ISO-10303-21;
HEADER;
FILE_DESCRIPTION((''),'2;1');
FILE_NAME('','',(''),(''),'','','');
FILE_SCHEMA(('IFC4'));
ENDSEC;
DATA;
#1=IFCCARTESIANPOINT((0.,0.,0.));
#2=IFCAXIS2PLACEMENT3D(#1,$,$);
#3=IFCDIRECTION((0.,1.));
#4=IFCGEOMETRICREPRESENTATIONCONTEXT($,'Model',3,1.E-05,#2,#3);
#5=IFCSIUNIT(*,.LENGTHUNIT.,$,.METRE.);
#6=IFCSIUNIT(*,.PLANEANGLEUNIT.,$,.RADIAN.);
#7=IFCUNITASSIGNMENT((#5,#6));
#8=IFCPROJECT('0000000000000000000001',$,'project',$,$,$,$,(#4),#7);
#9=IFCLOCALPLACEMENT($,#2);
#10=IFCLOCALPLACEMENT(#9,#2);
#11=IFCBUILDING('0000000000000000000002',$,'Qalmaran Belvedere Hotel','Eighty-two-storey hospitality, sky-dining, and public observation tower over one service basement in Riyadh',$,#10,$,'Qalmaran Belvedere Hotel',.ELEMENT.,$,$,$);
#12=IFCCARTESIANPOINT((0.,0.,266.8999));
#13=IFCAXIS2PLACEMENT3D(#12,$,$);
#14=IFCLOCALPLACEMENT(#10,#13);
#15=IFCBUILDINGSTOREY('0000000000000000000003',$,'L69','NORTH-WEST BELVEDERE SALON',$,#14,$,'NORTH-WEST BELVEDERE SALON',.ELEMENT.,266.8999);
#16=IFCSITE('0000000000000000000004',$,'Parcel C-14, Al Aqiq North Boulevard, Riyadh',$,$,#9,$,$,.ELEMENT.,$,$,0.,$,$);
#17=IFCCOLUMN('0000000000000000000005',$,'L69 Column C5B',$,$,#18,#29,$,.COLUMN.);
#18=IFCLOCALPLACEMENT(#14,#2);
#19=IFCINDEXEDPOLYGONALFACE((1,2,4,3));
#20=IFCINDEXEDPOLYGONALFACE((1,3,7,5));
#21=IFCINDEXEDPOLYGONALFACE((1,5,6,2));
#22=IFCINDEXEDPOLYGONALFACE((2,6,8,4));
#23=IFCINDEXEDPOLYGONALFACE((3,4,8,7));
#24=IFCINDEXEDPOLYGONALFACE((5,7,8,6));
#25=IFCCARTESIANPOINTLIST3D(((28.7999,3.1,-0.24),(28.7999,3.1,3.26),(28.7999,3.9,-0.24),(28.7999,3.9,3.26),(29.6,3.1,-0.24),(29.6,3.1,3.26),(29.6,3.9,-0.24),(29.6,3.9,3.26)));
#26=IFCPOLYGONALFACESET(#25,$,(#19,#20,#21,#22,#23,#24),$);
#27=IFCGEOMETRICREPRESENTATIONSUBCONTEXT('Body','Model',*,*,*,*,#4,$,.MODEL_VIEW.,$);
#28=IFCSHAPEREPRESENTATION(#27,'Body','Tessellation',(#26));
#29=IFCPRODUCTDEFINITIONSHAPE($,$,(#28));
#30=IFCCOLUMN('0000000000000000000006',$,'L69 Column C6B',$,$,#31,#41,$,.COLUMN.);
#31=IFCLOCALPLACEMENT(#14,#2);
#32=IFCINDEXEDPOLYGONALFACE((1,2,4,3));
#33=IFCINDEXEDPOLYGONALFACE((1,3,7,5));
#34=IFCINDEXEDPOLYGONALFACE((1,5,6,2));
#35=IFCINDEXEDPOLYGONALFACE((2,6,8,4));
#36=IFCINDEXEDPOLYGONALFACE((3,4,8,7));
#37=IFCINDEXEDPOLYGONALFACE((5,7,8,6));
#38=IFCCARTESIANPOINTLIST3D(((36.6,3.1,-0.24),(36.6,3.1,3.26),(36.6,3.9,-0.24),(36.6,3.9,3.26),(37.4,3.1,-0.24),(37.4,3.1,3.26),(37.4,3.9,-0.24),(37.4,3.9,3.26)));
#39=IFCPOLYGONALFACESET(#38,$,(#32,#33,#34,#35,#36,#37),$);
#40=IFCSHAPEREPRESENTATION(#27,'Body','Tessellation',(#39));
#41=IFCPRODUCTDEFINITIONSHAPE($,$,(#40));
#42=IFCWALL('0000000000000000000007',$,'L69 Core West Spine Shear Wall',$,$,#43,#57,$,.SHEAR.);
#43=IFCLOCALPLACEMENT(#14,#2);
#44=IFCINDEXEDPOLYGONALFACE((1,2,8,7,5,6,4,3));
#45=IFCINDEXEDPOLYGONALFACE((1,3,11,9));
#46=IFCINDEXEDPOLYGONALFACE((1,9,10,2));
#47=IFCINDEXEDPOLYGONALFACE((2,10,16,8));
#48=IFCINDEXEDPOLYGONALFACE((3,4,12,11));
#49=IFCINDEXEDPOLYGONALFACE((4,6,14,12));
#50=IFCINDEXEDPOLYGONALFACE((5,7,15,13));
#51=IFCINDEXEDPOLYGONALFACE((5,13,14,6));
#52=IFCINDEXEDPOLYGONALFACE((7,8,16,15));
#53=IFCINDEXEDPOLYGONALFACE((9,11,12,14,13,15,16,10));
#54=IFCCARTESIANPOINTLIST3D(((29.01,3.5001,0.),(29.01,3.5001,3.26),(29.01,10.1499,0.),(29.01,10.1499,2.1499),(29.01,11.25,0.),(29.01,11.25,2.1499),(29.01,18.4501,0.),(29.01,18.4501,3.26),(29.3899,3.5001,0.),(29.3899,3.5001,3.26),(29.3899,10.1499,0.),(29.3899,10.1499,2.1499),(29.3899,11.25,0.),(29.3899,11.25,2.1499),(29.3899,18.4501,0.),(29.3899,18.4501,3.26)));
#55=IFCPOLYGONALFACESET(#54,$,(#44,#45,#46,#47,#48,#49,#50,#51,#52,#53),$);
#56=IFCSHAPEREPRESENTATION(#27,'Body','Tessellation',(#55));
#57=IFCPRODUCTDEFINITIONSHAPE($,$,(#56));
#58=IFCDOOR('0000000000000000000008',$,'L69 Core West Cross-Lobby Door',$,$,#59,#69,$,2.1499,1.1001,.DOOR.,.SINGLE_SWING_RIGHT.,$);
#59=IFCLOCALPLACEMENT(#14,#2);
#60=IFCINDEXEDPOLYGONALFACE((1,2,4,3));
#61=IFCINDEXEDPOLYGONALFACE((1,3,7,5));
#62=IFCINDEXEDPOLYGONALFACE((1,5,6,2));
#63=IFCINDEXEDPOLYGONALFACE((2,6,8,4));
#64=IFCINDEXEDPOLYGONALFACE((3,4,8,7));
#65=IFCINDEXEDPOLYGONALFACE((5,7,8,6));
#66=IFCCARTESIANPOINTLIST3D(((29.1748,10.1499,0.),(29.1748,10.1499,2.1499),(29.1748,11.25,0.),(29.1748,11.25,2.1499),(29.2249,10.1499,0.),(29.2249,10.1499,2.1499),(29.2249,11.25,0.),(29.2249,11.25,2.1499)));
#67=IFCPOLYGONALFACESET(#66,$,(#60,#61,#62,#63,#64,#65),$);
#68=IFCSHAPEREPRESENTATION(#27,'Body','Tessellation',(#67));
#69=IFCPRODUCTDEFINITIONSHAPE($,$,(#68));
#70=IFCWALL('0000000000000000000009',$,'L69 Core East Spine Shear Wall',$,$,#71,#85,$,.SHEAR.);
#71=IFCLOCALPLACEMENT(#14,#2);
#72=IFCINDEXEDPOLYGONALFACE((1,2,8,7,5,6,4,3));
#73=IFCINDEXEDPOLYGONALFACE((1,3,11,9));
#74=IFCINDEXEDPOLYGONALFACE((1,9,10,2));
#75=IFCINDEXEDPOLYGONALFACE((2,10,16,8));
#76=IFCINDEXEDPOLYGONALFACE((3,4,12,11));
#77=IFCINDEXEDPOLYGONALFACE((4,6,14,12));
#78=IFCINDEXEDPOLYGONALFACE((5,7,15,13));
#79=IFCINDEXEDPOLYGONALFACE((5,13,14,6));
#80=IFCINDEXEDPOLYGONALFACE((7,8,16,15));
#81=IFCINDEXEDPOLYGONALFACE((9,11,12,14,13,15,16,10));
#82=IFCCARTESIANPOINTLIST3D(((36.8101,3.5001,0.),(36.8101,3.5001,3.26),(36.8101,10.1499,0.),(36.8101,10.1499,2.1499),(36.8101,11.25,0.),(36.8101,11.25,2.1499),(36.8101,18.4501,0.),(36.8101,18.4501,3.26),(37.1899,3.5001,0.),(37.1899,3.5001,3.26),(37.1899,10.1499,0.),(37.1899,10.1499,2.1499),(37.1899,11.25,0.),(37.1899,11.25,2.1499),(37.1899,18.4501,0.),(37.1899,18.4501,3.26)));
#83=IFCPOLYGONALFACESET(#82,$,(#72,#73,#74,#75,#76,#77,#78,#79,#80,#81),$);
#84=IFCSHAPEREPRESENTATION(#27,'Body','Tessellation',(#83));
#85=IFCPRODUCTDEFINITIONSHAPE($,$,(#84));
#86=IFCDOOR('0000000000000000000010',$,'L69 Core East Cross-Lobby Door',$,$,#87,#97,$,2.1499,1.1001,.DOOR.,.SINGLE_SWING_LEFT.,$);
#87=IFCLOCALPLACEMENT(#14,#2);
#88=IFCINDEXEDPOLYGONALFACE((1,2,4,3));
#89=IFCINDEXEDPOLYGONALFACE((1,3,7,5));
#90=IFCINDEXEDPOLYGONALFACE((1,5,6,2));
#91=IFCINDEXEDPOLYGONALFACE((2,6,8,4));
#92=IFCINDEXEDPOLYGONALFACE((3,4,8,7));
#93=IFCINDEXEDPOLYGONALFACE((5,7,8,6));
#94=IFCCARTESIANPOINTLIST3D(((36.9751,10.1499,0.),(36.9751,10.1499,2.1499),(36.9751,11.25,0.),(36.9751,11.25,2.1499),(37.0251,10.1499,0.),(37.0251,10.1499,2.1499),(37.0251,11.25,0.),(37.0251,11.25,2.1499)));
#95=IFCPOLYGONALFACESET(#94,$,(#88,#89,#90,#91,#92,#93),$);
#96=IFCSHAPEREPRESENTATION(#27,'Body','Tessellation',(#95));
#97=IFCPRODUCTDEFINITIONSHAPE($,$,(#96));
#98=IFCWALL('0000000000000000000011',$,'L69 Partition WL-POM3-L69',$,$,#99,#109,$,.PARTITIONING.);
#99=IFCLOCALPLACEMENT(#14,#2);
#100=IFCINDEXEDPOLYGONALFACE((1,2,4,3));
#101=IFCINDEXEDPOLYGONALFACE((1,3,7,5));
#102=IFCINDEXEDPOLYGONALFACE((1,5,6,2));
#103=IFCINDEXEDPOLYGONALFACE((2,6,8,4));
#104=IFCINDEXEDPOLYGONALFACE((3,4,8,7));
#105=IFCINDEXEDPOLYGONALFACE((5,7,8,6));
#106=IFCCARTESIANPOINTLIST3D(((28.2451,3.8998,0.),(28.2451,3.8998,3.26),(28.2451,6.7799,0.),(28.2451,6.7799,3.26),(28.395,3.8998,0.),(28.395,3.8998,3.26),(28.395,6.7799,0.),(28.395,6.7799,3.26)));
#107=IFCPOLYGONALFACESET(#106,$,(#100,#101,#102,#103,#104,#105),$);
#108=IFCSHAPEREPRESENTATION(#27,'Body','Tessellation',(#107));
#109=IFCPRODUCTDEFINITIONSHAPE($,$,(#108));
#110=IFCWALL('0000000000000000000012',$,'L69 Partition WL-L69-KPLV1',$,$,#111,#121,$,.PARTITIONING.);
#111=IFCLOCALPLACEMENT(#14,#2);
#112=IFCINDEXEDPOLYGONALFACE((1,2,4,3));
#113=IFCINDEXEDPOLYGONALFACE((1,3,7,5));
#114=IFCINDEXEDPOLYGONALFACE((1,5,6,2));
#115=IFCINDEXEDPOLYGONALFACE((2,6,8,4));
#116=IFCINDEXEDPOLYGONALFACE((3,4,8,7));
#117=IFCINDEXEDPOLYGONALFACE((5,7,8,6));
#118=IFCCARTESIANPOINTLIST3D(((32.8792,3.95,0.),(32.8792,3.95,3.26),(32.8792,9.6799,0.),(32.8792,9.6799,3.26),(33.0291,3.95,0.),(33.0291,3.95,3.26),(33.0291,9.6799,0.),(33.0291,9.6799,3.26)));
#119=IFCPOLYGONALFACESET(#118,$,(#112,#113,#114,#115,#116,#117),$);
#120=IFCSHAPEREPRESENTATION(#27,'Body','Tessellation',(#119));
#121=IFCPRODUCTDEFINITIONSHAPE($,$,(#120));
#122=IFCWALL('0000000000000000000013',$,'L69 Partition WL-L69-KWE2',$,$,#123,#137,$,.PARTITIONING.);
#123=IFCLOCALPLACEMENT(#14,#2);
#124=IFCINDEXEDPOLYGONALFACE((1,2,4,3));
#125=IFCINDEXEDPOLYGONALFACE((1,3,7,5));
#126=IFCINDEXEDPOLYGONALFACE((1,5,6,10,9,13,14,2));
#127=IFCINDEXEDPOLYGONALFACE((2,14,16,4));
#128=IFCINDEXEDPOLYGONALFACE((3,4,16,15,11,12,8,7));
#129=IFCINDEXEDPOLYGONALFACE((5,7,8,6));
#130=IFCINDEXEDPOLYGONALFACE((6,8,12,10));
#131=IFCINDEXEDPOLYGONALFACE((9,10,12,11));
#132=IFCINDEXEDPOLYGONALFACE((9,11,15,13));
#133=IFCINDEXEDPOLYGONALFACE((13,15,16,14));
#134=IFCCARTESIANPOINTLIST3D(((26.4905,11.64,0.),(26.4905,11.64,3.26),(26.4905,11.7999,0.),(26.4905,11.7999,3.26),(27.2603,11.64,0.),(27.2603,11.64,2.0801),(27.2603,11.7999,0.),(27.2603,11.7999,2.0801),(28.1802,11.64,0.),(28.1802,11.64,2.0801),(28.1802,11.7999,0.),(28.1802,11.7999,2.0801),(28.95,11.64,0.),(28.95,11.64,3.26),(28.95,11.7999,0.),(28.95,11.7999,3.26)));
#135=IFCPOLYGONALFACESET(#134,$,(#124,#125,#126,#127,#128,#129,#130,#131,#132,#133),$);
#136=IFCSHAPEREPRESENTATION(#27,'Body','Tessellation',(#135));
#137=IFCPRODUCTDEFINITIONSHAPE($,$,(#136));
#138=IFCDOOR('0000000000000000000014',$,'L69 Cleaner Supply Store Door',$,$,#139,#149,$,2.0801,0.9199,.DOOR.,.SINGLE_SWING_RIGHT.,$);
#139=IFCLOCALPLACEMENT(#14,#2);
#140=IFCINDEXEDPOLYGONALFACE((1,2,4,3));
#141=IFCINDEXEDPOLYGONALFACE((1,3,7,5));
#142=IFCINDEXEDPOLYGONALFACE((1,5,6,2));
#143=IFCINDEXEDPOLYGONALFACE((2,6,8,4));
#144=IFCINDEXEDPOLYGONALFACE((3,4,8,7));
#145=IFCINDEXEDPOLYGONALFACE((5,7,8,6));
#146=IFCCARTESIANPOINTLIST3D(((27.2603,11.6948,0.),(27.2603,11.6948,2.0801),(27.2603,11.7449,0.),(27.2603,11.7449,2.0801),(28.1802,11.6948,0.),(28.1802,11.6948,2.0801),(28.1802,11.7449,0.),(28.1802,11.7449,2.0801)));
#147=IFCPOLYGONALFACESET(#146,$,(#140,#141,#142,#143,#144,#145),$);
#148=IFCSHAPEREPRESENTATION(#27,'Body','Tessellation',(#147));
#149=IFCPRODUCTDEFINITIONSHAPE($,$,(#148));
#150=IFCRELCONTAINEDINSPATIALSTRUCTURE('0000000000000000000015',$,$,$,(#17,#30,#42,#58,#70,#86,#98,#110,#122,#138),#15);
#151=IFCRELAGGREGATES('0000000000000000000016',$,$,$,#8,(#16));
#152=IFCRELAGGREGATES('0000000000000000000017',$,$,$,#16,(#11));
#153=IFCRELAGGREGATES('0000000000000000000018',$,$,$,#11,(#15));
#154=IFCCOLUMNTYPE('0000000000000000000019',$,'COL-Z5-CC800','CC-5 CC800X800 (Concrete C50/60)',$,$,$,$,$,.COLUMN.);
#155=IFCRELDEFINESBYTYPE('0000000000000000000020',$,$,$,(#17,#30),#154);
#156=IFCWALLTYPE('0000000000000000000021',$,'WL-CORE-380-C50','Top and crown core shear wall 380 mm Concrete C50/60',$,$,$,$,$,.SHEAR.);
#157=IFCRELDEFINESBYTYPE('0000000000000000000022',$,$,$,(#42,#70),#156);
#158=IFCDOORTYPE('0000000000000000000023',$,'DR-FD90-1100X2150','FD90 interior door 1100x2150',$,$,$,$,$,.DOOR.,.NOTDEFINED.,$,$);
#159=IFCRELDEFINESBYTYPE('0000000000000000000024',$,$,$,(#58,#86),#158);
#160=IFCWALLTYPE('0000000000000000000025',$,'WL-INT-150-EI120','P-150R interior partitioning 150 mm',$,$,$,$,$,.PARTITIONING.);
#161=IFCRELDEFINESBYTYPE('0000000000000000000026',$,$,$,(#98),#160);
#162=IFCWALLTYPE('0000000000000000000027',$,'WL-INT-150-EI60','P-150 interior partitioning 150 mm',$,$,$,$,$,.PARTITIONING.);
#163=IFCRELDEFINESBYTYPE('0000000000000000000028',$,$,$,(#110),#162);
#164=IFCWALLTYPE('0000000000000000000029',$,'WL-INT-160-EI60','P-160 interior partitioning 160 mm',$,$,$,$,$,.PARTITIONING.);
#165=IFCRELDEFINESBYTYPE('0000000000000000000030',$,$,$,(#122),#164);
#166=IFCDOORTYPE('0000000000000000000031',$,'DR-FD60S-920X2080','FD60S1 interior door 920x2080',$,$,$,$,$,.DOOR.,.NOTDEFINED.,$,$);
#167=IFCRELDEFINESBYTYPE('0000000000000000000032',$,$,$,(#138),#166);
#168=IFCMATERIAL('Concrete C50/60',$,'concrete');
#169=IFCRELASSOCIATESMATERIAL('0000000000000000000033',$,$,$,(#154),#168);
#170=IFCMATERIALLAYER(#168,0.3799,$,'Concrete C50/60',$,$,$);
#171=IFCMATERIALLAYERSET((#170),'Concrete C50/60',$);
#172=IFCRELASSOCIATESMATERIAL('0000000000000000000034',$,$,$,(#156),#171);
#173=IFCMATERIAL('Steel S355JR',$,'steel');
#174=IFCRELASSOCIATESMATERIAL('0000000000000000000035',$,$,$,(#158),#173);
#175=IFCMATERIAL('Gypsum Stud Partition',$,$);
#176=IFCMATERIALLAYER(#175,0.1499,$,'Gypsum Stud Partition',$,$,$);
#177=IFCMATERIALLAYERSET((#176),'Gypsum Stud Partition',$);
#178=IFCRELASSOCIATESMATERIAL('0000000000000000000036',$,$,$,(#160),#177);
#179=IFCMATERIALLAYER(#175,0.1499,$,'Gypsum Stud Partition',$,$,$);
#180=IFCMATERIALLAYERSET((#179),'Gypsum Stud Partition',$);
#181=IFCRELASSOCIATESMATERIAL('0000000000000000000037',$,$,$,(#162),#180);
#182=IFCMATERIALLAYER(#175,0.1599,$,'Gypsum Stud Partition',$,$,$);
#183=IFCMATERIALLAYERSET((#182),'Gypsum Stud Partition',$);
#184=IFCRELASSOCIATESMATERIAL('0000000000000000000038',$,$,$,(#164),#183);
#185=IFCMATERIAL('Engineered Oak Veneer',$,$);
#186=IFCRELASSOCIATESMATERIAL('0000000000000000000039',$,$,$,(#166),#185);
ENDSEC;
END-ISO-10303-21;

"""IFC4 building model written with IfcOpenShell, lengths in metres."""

from ifc_helpers import new_model, si_unit, direction, frame, frame_2d, origin, origin_2d, place, context, subcontext, project, spatial, rectangle, extrude, material, layer, layer_set, material_profile, profile_set, type_object, element, fill, save


model = new_model("IFC4")

# Units and contexts
model_context = context("Model", 3, precision=1e-05, world=origin(), true_north=direction((0.0, 1.0)))
body_context = subcontext(model_context, "Body", "Model", "MODEL_VIEW")
ifc_project = project(units=[si_unit("LENGTHUNIT", "METRE"), si_unit("PLANEANGLEUNIT", "RADIAN")], contexts=[model_context])

# Site, building, storey
site_placement = place(None, origin())
site = spatial("IfcSite", under=ifc_project, at=site_placement, Name="Parcel C-14, Al Aqiq North Boulevard, Riyadh", CompositionType="ELEMENT", RefElevation=0.0)
building_placement = place(site_placement, origin())
building = spatial("IfcBuilding", under=site, at=building_placement, Name="Qalmaran Belvedere Hotel", Description="Eighty-two-storey hospitality, sky-dining, and public observation tower over one service basement in Riyadh", LongName="Qalmaran Belvedere Hotel", CompositionType="ELEMENT")
storey_placement = place(building_placement, frame((0.0, 0.0, 266.8999)))
storey = spatial("IfcBuildingStorey", under=building, at=storey_placement, Name="L69", Description="NORTH-WEST BELVEDERE SALON", LongName="NORTH-WEST BELVEDERE SALON", CompositionType="ELEMENT", Elevation=266.8999)

# Columns
ifc_material_1 = material(Name="Concrete C50/60", Category="concrete")
ifc_material_profile = material_profile(ifc_material_1, rectangle(XDim=0.8, YDim=0.8, at=origin_2d()), Name="CC800X800")
ifc_profile_set = profile_set([ifc_material_profile], Name="Concrete C50/60")
column_type = type_object("IfcColumnType", Name="COL-Z5-CC800", Description="CC-5 CC800X800 (Concrete C50/60)", PredefinedType="COLUMN", material=ifc_profile_set)
for number, where, z_axis, x_axis, name in (
    (1, (29.2, 3.5, -0.24), (0.0, 0.0, 1.0), (1.0, 0.0, 0.0), "L69 Column C5B"),
    (2, (37.0, 3.5, -0.24), (0.0, 0.0, 1.0), (1.0, 0.0, 0.0), "L69 Column C6B"),
):
    element("IfcColumn", number, at=place(storey_placement, frame(where, z_axis=z_axis, x_axis=x_axis)), inside=storey, type_object=column_type, Name=name, PredefinedType="COLUMN", context=body_context, shape_type="SweptSolid", body=[
        extrude(rectangle(XDim=0.8, YDim=0.8, at=origin_2d()), origin(), (0.0, 0.0, 1.0), 3.5),
    ])

# Walls, openings, doors
ifc_layer_1 = layer(ifc_material_1, 0.3799, Name="Concrete C50/60")
ifc_layer_set_1 = layer_set([ifc_layer_1], Name="Concrete C50/60")
wall_type_1 = type_object("IfcWallType", Name="WL-CORE-380-C50", Description="Top and crown core shear wall 380 mm Concrete C50/60", PredefinedType="SHEAR", material=ifc_layer_set_1)
wall_1_placement = place(storey_placement, frame((29.2, 3.5, 0.0), z_axis=(0.0, 0.0, 1.0), x_axis=(0.0, 1.0, 0.0)))
wall_1 = element("IfcWall", 3, at=wall_1_placement, inside=storey, type_object=wall_type_1, Name="L69 Core West Spine Shear Wall", PredefinedType="SHEAR", context=body_context, shape_type="SweptSolid", body=[
    extrude(rectangle(XDim=14.95, YDim=0.3799, at=frame_2d((7.4751, 0.0))), origin(), (0.0, 0.0, 1.0), 3.26),
])
opening_1_placement = place(wall_1_placement, frame((7.75, 0.0, 0.0), z_axis=(0.0, 0.0, 1.0), x_axis=(-1.0, 0.0, 0.0)))
opening_1 = element("IfcOpeningElement", 4, at=opening_1_placement, cuts=wall_1, PredefinedType="OPENING", context=body_context, shape_type="SweptSolid", body=[
    extrude(rectangle(XDim=1.1001, YDim=2.1499, at=frame_2d((0.55, 1.075))), frame((0.0, 0.2, 0.0), z_axis=(0.0, -1.0, 0.0), x_axis=(1.0, 0.0, 0.0)), (0.0, 0.0, 1.0), 0.3999),
])
ifc_material_2 = material(Name="Steel S355JR", Category="steel")
door_type_1 = type_object("IfcDoorType", Name="DR-FD90-1100X2150", Description="FD90 interior door 1100x2150", OperationType="NOTDEFINED", PredefinedType="DOOR", material=ifc_material_2)
door_1_placement = place(opening_1_placement, origin())
door_1 = element("IfcDoor", 5, at=door_1_placement, inside=storey, type_object=door_type_1, Name="L69 Core West Cross-Lobby Door", OperationType="SINGLE_SWING_RIGHT", OverallHeight=2.1499, OverallWidth=1.1001, PredefinedType="DOOR", context=body_context, shape_type="SweptSolid", body=[
    extrude(rectangle(XDim=1.1001, YDim=2.1499, at=frame_2d((0.55, 1.075))), frame((0.0, 0.0249, 0.0), z_axis=(0.0, -1.0, 0.0), x_axis=(1.0, 0.0, 0.0)), (0.0, 0.0, 1.0), 0.05),
])
fill(opening_1, door_1)
wall_2_placement = place(storey_placement, frame((37.0, 3.5, 0.0), z_axis=(0.0, 0.0, 1.0), x_axis=(0.0, 1.0, 0.0)))
wall_2 = element("IfcWall", 6, at=wall_2_placement, inside=storey, type_object=wall_type_1, Name="L69 Core East Spine Shear Wall", PredefinedType="SHEAR", context=body_context, shape_type="SweptSolid", body=[
    extrude(rectangle(XDim=14.95, YDim=0.3799, at=frame_2d((7.4751, 0.0))), origin(), (0.0, 0.0, 1.0), 3.26),
])
opening_2_placement = place(wall_2_placement, frame((6.6499, 0.0, 0.0)))
opening_2 = element("IfcOpeningElement", 7, at=opening_2_placement, cuts=wall_2, PredefinedType="OPENING", context=body_context, shape_type="SweptSolid", body=[
    extrude(rectangle(XDim=1.1001, YDim=2.1499, at=frame_2d((0.55, 1.075))), frame((0.0, 0.2, 0.0), z_axis=(0.0, -1.0, 0.0), x_axis=(1.0, 0.0, 0.0)), (0.0, 0.0, 1.0), 0.3999),
])
door_2_placement = place(opening_2_placement, origin())
door_2 = element("IfcDoor", 8, at=door_2_placement, inside=storey, type_object=door_type_1, Name="L69 Core East Cross-Lobby Door", OperationType="SINGLE_SWING_LEFT", OverallHeight=2.1499, OverallWidth=1.1001, PredefinedType="DOOR", context=body_context, shape_type="SweptSolid", body=[
    extrude(rectangle(XDim=1.1001, YDim=2.1499, at=frame_2d((0.55, 1.075))), frame((0.0, 0.0249, 0.0), z_axis=(0.0, -1.0, 0.0), x_axis=(1.0, 0.0, 0.0)), (0.0, 0.0, 1.0), 0.05),
])
fill(opening_2, door_2)

# Walls
ifc_material_3 = material(Name="Gypsum Stud Partition")
ifc_layer_2 = layer(ifc_material_3, 0.1499, Name="Gypsum Stud Partition")
ifc_layer_set_2 = layer_set([ifc_layer_2], Name="Gypsum Stud Partition")
wall_type_2 = type_object("IfcWallType", Name="WL-INT-150-EI120", Description="P-150R interior partitioning 150 mm", PredefinedType="PARTITIONING", material=ifc_layer_set_2)
wall_3_placement = place(storey_placement, frame((28.3201, 3.8999, 0.0), z_axis=(0.0, 0.0, 1.0), x_axis=(0.0, 1.0, 0.0)))
element("IfcWall", 9, at=wall_3_placement, inside=storey, type_object=wall_type_2, Name="L69 Partition WL-POM3-L69", PredefinedType="PARTITIONING", context=body_context, shape_type="SweptSolid", body=[
    extrude(rectangle(XDim=2.8801, YDim=0.1499, at=frame_2d((1.4399, 0.0))), origin(), (0.0, 0.0, 1.0), 3.26),
])
ifc_layer_3 = layer(ifc_material_3, 0.1499, Name="Gypsum Stud Partition")
ifc_layer_set_3 = layer_set([ifc_layer_3], Name="Gypsum Stud Partition")
wall_type_3 = type_object("IfcWallType", Name="WL-INT-150-EI60", Description="P-150 interior partitioning 150 mm", PredefinedType="PARTITIONING", material=ifc_layer_set_3)
wall_4_placement = place(storey_placement, frame((32.9541, 3.95, 0.0), z_axis=(0.0, 0.0, 1.0), x_axis=(0.0, 1.0, 0.0)))
element("IfcWall", 10, at=wall_4_placement, inside=storey, type_object=wall_type_3, Name="L69 Partition WL-L69-KPLV1", PredefinedType="PARTITIONING", context=body_context, shape_type="SweptSolid", body=[
    extrude(rectangle(XDim=5.73, YDim=0.1499, at=frame_2d((2.865, 0.0))), origin(), (0.0, 0.0, 1.0), 3.26),
])

# Wall, opening, door
ifc_layer_4 = layer(ifc_material_3, 0.1599, Name="Gypsum Stud Partition")
ifc_layer_set_4 = layer_set([ifc_layer_4], Name="Gypsum Stud Partition")
wall_type_4 = type_object("IfcWallType", Name="WL-INT-160-EI60", Description="P-160 interior partitioning 160 mm", PredefinedType="PARTITIONING", material=ifc_layer_set_4)
wall_5_placement = place(storey_placement, frame((26.4905, 11.72, 0.0), z_axis=(0.0, 0.0, 1.0), x_axis=(1.0, 0.0, 0.0)))
wall_5 = element("IfcWall", 11, at=wall_5_placement, inside=storey, type_object=wall_type_4, Name="L69 Partition WL-L69-KWE2", PredefinedType="PARTITIONING", context=body_context, shape_type="SweptSolid", body=[
    extrude(rectangle(XDim=2.4595, YDim=0.1599, at=frame_2d((1.2297, 0.0))), origin(), (0.0, 0.0, 1.0), 3.26),
])
opening_3_placement = place(wall_5_placement, frame((0.7698, 0.0, 0.0)))
opening_3 = element("IfcOpeningElement", 12, at=opening_3_placement, cuts=wall_5, PredefinedType="OPENING", context=body_context, shape_type="SweptSolid", body=[
    extrude(rectangle(XDim=0.9199, YDim=2.0801, at=frame_2d((0.46, 1.04))), frame((0.0, 0.0898, 0.0), z_axis=(0.0, -1.0, 0.0), x_axis=(1.0, 0.0, 0.0)), (0.0, 0.0, 1.0), 0.1799),
])
ifc_material_4 = material(Name="Engineered Oak Veneer")
door_type_2 = type_object("IfcDoorType", Name="DR-FD60S-920X2080", Description="FD60S1 interior door 920x2080", OperationType="NOTDEFINED", PredefinedType="DOOR", material=ifc_material_4)
door_3_placement = place(opening_3_placement, origin())
door_3 = element("IfcDoor", 13, at=door_3_placement, inside=storey, type_object=door_type_2, Name="L69 Cleaner Supply Store Door", OperationType="SINGLE_SWING_RIGHT", OverallHeight=2.0801, OverallWidth=0.9199, PredefinedType="DOOR", context=body_context, shape_type="SweptSolid", body=[
    extrude(rectangle(XDim=0.9199, YDim=2.0801, at=frame_2d((0.46, 1.04))), frame((0.0, 0.0249, 0.0), z_axis=(0.0, -1.0, 0.0), x_axis=(1.0, 0.0, 0.0)), (0.0, 0.0, 1.0), 0.05),
])
fill(opening_3, door_3)

save(model, "model.ifc")
